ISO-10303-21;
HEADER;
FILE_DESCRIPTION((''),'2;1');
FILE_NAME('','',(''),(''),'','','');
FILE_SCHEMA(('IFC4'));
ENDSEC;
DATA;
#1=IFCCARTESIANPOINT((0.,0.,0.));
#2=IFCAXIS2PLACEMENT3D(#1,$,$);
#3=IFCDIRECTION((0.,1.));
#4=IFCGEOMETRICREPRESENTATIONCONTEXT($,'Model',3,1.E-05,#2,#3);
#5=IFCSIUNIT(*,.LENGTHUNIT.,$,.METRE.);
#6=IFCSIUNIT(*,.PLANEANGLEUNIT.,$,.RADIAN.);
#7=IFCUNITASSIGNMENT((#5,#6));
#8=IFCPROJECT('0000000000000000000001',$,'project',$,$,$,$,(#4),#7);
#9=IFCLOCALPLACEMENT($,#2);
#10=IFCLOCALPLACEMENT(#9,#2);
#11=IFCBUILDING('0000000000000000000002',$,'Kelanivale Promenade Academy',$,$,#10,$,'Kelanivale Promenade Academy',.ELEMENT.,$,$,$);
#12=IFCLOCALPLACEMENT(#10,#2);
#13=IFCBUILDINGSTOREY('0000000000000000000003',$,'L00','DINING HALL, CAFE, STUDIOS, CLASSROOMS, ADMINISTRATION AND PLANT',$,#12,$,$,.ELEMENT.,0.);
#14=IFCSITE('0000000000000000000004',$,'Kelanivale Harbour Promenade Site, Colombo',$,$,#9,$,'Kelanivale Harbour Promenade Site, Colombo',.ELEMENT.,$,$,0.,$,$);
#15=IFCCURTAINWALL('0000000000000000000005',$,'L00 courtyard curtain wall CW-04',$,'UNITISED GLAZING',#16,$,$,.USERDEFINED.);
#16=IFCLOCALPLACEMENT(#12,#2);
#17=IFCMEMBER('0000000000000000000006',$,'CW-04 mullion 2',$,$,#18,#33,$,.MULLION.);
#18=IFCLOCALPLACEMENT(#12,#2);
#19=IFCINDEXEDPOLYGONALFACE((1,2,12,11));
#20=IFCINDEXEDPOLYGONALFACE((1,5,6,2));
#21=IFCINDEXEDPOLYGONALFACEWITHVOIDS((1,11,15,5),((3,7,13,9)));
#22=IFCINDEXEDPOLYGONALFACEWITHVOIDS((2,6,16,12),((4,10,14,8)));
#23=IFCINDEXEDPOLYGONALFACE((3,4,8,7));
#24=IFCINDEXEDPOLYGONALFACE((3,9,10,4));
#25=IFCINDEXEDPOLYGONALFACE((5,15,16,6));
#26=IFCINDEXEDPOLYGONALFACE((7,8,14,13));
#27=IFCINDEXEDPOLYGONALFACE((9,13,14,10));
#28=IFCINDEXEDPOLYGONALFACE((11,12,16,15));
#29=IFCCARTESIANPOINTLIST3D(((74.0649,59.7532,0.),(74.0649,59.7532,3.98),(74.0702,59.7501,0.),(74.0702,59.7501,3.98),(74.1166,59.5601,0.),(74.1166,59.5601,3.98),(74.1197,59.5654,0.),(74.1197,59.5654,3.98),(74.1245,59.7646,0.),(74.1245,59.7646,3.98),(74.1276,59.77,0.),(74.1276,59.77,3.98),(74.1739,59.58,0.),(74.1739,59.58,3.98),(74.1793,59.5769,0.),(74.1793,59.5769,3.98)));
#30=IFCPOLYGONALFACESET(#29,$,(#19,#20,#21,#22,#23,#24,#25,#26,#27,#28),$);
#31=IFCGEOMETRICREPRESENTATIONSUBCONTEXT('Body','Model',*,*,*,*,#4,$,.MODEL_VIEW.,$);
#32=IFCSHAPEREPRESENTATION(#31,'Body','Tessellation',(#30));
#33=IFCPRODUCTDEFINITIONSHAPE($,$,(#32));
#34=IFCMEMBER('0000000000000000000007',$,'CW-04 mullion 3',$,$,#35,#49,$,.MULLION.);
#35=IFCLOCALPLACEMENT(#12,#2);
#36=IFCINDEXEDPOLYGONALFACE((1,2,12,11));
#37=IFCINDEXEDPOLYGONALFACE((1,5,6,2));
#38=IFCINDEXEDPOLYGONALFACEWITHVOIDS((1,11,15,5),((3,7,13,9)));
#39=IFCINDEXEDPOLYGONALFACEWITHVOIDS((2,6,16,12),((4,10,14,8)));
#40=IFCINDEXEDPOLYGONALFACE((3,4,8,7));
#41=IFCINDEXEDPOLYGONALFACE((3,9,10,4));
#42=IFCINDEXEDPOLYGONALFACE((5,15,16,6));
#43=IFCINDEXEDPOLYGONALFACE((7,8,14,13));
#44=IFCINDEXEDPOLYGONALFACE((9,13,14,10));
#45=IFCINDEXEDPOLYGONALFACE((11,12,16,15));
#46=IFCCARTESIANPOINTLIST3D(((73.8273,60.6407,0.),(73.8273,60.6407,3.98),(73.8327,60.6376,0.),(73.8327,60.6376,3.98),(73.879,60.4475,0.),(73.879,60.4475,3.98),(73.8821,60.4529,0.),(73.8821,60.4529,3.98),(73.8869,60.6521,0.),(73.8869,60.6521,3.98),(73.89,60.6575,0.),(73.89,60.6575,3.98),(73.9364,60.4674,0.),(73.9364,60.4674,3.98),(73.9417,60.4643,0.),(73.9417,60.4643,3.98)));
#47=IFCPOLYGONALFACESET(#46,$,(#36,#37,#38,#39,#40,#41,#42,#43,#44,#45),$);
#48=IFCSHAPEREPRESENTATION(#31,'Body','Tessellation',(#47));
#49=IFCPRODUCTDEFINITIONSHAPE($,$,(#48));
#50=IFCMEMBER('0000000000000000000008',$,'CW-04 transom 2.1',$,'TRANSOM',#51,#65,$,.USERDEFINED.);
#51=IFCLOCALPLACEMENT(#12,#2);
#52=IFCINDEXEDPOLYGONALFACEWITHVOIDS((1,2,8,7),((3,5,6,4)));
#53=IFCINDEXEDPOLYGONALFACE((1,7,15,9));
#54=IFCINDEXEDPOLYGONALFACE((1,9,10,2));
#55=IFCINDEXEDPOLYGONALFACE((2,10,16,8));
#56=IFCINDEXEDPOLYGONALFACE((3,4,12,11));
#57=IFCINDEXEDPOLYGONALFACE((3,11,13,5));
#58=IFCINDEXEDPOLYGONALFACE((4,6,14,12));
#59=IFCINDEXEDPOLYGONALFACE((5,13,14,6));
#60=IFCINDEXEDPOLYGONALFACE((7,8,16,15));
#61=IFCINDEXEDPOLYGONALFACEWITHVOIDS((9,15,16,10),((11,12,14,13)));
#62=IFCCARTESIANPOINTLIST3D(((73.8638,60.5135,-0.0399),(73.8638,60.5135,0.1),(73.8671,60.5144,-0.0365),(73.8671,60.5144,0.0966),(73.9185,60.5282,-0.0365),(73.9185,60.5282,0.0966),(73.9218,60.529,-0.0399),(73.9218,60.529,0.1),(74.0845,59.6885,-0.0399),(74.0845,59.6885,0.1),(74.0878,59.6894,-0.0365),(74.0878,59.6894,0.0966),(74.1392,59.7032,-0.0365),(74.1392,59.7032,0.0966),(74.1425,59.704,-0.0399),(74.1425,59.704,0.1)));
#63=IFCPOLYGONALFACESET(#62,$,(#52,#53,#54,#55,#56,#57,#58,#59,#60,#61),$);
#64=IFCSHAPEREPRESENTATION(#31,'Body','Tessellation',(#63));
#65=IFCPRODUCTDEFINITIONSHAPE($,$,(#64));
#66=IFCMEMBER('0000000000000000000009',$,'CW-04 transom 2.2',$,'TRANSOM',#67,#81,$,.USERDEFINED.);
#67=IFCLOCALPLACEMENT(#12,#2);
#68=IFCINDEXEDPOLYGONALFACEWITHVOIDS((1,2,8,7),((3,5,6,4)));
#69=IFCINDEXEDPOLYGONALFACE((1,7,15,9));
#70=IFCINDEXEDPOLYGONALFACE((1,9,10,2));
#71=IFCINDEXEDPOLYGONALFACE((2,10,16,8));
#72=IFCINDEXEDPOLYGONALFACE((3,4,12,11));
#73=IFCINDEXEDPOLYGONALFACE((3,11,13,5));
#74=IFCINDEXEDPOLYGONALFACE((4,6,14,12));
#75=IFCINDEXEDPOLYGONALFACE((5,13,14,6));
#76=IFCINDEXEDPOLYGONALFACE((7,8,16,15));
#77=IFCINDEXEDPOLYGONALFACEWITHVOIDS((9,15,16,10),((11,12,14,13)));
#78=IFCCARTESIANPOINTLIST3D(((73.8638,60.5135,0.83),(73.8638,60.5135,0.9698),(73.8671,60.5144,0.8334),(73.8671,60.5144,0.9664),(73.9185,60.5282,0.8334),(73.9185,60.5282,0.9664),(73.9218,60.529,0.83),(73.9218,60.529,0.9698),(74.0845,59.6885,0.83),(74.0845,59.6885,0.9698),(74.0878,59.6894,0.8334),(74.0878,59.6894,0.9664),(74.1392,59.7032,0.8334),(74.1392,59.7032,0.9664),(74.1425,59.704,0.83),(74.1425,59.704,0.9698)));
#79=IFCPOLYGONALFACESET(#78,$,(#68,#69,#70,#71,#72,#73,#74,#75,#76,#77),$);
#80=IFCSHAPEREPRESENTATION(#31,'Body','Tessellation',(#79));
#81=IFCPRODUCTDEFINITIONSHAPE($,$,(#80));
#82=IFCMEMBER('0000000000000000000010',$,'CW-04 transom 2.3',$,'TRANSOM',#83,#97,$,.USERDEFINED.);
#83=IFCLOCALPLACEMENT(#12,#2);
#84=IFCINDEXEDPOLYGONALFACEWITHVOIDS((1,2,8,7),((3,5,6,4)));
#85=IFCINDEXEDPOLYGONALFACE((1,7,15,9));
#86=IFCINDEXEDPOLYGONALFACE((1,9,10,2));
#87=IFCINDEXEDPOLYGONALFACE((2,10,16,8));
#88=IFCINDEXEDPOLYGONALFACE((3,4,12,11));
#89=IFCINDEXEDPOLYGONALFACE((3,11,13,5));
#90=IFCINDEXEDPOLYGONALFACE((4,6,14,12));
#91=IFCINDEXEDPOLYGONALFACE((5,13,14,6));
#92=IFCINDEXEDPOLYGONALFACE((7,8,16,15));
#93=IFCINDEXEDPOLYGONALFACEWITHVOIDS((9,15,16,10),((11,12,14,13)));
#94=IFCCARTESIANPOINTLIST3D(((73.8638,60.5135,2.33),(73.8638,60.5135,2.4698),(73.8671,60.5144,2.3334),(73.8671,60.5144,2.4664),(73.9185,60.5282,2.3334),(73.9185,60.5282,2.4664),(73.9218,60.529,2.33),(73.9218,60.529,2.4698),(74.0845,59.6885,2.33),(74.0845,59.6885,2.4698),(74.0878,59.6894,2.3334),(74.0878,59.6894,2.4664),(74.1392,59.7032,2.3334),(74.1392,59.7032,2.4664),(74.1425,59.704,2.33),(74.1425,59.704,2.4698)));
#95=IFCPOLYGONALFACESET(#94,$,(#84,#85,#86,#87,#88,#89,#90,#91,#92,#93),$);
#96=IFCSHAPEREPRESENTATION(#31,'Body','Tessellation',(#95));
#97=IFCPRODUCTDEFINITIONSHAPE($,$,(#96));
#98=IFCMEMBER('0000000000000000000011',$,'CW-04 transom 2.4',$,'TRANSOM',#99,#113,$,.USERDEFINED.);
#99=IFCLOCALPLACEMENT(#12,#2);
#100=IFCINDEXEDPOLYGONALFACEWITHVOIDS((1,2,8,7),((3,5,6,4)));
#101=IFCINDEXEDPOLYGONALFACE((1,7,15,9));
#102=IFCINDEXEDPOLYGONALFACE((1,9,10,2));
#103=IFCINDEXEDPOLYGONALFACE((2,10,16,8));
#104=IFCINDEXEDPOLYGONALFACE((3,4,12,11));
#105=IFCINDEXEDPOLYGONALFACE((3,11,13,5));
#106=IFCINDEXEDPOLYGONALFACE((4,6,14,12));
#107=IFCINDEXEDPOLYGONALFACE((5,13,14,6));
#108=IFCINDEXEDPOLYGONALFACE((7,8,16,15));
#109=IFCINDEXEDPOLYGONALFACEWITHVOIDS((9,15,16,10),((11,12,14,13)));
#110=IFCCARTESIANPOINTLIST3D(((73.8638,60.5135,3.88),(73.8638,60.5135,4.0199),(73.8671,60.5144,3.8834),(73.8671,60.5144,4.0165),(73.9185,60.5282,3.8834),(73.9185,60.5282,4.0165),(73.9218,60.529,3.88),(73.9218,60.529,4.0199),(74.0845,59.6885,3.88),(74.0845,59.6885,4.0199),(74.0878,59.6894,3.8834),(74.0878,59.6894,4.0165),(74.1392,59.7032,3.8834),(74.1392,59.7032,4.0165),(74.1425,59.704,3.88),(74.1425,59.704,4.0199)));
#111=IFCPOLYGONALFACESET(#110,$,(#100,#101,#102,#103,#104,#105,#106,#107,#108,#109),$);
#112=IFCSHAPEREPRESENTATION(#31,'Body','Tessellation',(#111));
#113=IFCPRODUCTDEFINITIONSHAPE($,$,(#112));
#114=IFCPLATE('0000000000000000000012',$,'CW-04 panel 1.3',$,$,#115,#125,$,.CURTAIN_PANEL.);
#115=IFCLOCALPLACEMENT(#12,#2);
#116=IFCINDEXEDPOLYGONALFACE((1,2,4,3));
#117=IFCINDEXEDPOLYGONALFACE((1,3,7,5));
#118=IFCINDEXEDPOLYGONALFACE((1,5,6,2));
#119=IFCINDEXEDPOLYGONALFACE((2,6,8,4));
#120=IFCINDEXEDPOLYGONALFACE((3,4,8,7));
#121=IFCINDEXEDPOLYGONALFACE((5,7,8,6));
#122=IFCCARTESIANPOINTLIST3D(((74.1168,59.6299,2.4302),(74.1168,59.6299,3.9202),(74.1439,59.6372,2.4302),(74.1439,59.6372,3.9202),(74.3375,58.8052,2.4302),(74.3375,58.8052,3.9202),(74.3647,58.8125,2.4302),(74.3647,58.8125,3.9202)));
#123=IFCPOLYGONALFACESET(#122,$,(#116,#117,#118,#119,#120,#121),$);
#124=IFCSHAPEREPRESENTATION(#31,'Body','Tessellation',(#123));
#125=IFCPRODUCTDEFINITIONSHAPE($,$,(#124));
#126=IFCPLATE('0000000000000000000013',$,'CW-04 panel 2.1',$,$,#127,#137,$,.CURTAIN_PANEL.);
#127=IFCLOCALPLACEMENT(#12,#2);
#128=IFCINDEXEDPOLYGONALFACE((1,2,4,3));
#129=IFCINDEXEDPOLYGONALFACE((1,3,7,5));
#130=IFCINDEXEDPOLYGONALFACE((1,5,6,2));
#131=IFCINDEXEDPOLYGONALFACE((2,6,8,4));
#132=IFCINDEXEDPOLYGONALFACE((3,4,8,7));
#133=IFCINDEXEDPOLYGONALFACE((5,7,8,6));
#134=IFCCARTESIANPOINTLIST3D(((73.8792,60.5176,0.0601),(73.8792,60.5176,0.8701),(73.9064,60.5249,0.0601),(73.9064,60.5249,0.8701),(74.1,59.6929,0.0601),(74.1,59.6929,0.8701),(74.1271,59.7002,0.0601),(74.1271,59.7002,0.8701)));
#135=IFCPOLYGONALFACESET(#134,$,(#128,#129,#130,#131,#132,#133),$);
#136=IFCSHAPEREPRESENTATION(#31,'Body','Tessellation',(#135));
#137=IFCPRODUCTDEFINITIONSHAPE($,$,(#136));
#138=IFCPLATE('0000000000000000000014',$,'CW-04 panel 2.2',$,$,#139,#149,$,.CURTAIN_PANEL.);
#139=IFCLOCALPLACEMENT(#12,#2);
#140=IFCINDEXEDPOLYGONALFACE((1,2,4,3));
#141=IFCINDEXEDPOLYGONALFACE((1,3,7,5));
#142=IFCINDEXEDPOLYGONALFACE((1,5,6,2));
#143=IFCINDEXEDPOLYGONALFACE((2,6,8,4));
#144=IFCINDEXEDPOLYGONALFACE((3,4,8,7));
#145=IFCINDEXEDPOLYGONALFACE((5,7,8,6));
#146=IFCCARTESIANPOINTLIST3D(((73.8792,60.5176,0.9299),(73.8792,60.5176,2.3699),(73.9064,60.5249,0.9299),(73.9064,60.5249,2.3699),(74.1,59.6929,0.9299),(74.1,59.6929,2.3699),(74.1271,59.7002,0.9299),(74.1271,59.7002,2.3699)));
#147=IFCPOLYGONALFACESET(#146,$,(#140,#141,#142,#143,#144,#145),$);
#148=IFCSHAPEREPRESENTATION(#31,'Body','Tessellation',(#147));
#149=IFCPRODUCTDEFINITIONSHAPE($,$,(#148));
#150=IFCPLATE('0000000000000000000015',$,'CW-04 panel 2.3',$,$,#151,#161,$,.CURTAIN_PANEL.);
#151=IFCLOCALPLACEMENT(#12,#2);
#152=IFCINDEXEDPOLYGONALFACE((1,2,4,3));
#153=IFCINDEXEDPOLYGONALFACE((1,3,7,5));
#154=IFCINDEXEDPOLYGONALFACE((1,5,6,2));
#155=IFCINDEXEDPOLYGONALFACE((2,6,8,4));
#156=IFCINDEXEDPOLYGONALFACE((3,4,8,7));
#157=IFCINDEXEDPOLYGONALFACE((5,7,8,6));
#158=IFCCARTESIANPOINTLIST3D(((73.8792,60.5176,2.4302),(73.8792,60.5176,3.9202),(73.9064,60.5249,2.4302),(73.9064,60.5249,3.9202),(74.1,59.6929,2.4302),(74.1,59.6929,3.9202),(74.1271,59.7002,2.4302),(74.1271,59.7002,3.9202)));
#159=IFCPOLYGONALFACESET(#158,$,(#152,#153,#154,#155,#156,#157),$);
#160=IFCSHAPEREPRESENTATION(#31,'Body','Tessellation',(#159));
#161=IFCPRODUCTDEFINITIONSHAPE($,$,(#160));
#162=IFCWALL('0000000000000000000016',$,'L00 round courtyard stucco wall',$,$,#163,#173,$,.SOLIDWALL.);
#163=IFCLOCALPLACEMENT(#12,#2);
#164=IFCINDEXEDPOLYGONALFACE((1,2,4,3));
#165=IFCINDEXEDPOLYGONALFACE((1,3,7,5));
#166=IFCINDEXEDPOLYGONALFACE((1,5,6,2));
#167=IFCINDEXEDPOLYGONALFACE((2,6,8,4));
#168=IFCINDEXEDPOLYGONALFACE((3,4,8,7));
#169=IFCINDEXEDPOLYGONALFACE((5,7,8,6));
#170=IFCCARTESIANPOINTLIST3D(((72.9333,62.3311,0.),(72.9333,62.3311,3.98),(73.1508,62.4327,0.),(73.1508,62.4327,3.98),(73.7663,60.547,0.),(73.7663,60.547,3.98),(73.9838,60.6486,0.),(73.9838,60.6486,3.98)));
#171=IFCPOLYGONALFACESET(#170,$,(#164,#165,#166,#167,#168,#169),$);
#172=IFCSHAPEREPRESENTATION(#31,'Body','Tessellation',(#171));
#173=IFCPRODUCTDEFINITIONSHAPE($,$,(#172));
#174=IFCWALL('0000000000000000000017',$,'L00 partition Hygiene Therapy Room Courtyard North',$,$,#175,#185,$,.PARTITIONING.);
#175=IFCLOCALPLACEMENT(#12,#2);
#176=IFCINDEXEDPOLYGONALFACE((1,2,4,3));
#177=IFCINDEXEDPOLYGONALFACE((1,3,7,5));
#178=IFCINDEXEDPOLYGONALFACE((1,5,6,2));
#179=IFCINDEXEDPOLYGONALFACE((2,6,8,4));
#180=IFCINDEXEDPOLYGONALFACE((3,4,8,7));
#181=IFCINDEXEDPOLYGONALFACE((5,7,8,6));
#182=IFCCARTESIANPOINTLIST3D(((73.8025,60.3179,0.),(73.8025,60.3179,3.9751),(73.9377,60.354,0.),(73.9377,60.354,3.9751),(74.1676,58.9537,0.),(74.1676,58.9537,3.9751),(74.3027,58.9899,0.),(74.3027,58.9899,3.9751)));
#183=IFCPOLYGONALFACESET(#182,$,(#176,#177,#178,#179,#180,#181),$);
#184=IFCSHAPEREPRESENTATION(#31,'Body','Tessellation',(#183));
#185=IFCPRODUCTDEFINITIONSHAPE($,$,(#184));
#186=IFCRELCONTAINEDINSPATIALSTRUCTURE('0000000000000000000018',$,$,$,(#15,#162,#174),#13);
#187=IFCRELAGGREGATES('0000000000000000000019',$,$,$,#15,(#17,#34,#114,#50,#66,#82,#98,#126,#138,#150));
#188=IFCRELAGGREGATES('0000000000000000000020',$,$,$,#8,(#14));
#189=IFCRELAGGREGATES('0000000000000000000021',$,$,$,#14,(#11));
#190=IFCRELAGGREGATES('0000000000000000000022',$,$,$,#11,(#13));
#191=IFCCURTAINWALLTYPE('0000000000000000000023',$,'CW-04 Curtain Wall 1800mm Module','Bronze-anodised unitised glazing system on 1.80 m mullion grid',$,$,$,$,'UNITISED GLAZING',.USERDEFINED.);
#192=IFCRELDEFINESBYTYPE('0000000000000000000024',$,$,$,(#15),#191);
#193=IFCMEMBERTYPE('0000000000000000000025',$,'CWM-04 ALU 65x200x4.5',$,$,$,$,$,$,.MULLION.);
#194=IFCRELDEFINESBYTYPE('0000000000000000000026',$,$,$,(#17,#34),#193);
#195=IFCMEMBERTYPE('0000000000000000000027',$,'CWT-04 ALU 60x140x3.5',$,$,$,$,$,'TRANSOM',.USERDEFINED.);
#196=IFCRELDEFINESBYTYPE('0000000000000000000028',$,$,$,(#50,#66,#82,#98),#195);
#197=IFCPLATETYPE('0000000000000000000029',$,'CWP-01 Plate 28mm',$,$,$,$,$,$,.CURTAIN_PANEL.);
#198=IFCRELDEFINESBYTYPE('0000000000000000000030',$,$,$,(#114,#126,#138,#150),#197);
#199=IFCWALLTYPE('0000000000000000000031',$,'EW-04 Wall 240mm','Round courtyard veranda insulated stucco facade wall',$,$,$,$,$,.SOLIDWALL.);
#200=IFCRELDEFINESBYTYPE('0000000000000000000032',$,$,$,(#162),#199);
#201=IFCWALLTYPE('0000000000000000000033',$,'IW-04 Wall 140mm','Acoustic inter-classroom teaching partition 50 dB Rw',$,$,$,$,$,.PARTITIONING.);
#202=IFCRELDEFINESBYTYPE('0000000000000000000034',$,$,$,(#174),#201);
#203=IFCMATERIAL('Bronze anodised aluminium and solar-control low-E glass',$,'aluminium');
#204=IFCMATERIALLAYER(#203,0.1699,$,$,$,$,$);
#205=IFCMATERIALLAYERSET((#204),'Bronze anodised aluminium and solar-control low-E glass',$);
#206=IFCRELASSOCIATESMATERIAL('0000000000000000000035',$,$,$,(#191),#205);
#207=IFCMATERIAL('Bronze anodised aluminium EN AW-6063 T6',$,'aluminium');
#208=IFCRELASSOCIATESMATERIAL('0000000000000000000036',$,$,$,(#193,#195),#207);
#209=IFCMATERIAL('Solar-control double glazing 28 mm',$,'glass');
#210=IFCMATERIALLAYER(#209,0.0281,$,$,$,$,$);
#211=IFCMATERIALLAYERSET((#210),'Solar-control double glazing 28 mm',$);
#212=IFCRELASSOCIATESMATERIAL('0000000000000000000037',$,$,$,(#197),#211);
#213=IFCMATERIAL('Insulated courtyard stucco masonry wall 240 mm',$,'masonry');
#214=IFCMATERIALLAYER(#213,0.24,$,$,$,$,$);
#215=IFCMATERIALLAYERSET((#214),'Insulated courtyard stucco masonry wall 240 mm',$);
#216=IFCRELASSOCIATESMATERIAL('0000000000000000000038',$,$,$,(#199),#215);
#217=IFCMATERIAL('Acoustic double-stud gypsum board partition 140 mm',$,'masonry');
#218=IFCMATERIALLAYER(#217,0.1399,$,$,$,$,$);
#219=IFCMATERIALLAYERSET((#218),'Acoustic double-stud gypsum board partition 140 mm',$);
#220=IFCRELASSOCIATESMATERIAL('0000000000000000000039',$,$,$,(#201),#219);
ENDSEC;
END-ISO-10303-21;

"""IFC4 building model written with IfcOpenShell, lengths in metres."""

from ifc_helpers import new_model, si_unit, direction, frame, frame_2d, origin, origin_2d, place, context, subcontext, project, spatial, rectangle, hollow_rectangle, extrude, material, layer, layer_set, material_profile, profile_set, type_object, element, aggregate, save


model = new_model("IFC4")

# Units and contexts
model_context = context("Model", 3, precision=1e-05, world=origin(), true_north=direction((0.0, 1.0)))
body_context = subcontext(model_context, "Body", "Model", "MODEL_VIEW")
ifc_project = project(units=[si_unit("LENGTHUNIT", "METRE"), si_unit("PLANEANGLEUNIT", "RADIAN")], contexts=[model_context])

# Site, building, storey
site_placement = place(None, origin())
site = spatial("IfcSite", under=ifc_project, at=site_placement, Name="Kelanivale Harbour Promenade Site, Colombo", LongName="Kelanivale Harbour Promenade Site, Colombo", CompositionType="ELEMENT", RefElevation=0.0)
building_placement = place(site_placement, origin())
building = spatial("IfcBuilding", under=site, at=building_placement, Name="Kelanivale Promenade Academy", LongName="Kelanivale Promenade Academy", CompositionType="ELEMENT")
storey_placement = place(building_placement, origin())
storey = spatial("IfcBuildingStorey", under=building, at=storey_placement, Name="L00", Description="DINING HALL, CAFE, STUDIOS, CLASSROOMS, ADMINISTRATION AND PLANT", CompositionType="ELEMENT", Elevation=0.0)

# Curtain wall, members, plates
ifc_material_1 = material(Name="Bronze anodised aluminium and solar-control low-E glass", Category="aluminium")
ifc_layer_1 = layer(ifc_material_1, 0.1699)
ifc_layer_set_1 = layer_set([ifc_layer_1], Name="Bronze anodised aluminium and solar-control low-E glass")
curtain_wall_type = type_object("IfcCurtainWallType", Name="CW-04 Curtain Wall 1800mm Module", Description="Bronze-anodised unitised glazing system on 1.80 m mullion grid", ElementType="UNITISED GLAZING", PredefinedType="USERDEFINED", material=ifc_layer_set_1)
curtain_wall_placement = place(storey_placement, origin())
curtain_wall = element("IfcCurtainWall", 1, at=curtain_wall_placement, inside=storey, type_object=curtain_wall_type, Name="L00 courtyard curtain wall CW-04", ObjectType="UNITISED GLAZING", PredefinedType="USERDEFINED")
ifc_material_2 = material(Name="Bronze anodised aluminium EN AW-6063 T6", Category="aluminium")
ifc_material_profile_1 = material_profile(ifc_material_2, hollow_rectangle(XDim=0.0649, YDim=0.2, WallThickness=0.0044, at=origin_2d()), Name="ALU 65x200x4.5")
ifc_profile_set_1 = profile_set([ifc_material_profile_1], Name="Bronze anodised aluminium EN AW-6063 T6")
member_type_1 = type_object("IfcMemberType", Name="CWM-04 ALU 65x200x4.5", PredefinedType="MULLION", material=ifc_profile_set_1)
member_1_placement = place(storey_placement, frame((74.1221, 59.665, 0.0), z_axis=(0.0, 0.0, 1.0), x_axis=(-0.96599, -0.258578, 0.0)))
member_1 = element("IfcMember", 2, at=member_1_placement, type_object=member_type_1, Name="CW-04 mullion 2", PredefinedType="MULLION", context=body_context, shape_type="SweptSolid", body=[
    extrude(hollow_rectangle(XDim=0.0649, YDim=0.2, WallThickness=0.0044, at=origin_2d()), origin(), (0.0, 0.0, 1.0), 3.98),
])
member_2_placement = place(storey_placement, frame((73.8845, 60.5525, 0.0), z_axis=(0.0, 0.0, 1.0), x_axis=(-0.96599, -0.258578, 0.0)))
member_2 = element("IfcMember", 3, at=member_2_placement, type_object=member_type_1, Name="CW-04 mullion 3", PredefinedType="MULLION", context=body_context, shape_type="SweptSolid", body=[
    extrude(hollow_rectangle(XDim=0.0649, YDim=0.2, WallThickness=0.0044, at=origin_2d()), origin(), (0.0, 0.0, 1.0), 3.98),
])
ifc_material_profile_2 = material_profile(ifc_material_2, hollow_rectangle(XDim=0.0601, YDim=0.1399, WallThickness=0.0034, at=origin_2d()), Name="ALU 60x140x3.5")
ifc_profile_set_2 = profile_set([ifc_material_profile_2], Name="Bronze anodised aluminium EN AW-6063 T6")
member_type_2 = type_object("IfcMemberType", Name="CWT-04 ALU 60x140x3.5", ElementType="TRANSOM", PredefinedType="USERDEFINED", material=ifc_profile_set_2)
member_3_placement = place(storey_placement, frame((74.1135, 59.6963, 0.03), z_axis=(-0.258446, 0.966026, 0.0), x_axis=(-0.966026, -0.258446, 0.0)))
member_3 = element("IfcMember", 4, at=member_3_placement, type_object=member_type_2, Name="CW-04 transom 2.1", ObjectType="TRANSOM", PredefinedType="USERDEFINED", context=body_context, shape_type="SweptSolid", body=[
    extrude(hollow_rectangle(XDim=0.0601, YDim=0.1399, WallThickness=0.0034, at=origin_2d()), origin(), (0.0, 0.0, 1.0), 0.854),
])
member_4_placement = place(storey_placement, frame((74.1135, 59.6963, 0.8999), z_axis=(-0.258446, 0.966026, 0.0), x_axis=(-0.966026, -0.258446, 0.0)))
member_4 = element("IfcMember", 5, at=member_4_placement, type_object=member_type_2, Name="CW-04 transom 2.2", ObjectType="TRANSOM", PredefinedType="USERDEFINED", context=body_context, shape_type="SweptSolid", body=[
    extrude(hollow_rectangle(XDim=0.0601, YDim=0.1399, WallThickness=0.0034, at=origin_2d()), origin(), (0.0, 0.0, 1.0), 0.854),
])
member_5_placement = place(storey_placement, frame((74.1135, 59.6963, 2.3999), z_axis=(-0.258446, 0.966026, 0.0), x_axis=(-0.966026, -0.258446, 0.0)))
member_5 = element("IfcMember", 6, at=member_5_placement, type_object=member_type_2, Name="CW-04 transom 2.3", ObjectType="TRANSOM", PredefinedType="USERDEFINED", context=body_context, shape_type="SweptSolid", body=[
    extrude(hollow_rectangle(XDim=0.0601, YDim=0.1399, WallThickness=0.0034, at=origin_2d()), origin(), (0.0, 0.0, 1.0), 0.854),
])
member_6_placement = place(storey_placement, frame((74.1135, 59.6963, 3.95), z_axis=(-0.258446, 0.966026, 0.0), x_axis=(-0.966026, -0.258446, 0.0)))
member_6 = element("IfcMember", 7, at=member_6_placement, type_object=member_type_2, Name="CW-04 transom 2.4", ObjectType="TRANSOM", PredefinedType="USERDEFINED", context=body_context, shape_type="SweptSolid", body=[
    extrude(hollow_rectangle(XDim=0.0601, YDim=0.1399, WallThickness=0.0034, at=origin_2d()), origin(), (0.0, 0.0, 1.0), 0.854),
])
ifc_material_3 = material(Name="Solar-control double glazing 28 mm", Category="glass")
ifc_layer_2 = layer(ifc_material_3, 0.0281)
ifc_layer_set_2 = layer_set([ifc_layer_2], Name="Solar-control double glazing 28 mm")
plate_type = type_object("IfcPlateType", Name="CWP-01 Plate 28mm", PredefinedType="CURTAIN_PANEL", material=ifc_layer_set_2)
plate_1_placement = place(storey_placement, frame((74.2407, 59.2212, 2.4302), z_axis=(0.0, 0.0, 1.0), x_axis=(-0.258578, 0.96599, 0.0)))
plate_1 = element("IfcPlate", 8, at=plate_1_placement, type_object=plate_type, Name="CW-04 panel 1.3", PredefinedType="CURTAIN_PANEL", context=body_context, shape_type="SweptSolid", body=[
    extrude(rectangle(XDim=0.8538, YDim=0.0281, at=origin_2d()), origin(), (0.0, 0.0, 1.0), 1.49),
])
plate_2_placement = place(storey_placement, frame((74.0032, 60.1089, 0.0601), z_axis=(0.0, 0.0, 1.0), x_axis=(-0.258578, 0.96599, 0.0)))
plate_2 = element("IfcPlate", 9, at=plate_2_placement, type_object=plate_type, Name="CW-04 panel 2.1", PredefinedType="CURTAIN_PANEL", context=body_context, shape_type="SweptSolid", body=[
    extrude(rectangle(XDim=0.8538, YDim=0.0281, at=origin_2d()), origin(), (0.0, 0.0, 1.0), 0.8101),
])
plate_3_placement = place(storey_placement, frame((74.0032, 60.1089, 0.9299), z_axis=(0.0, 0.0, 1.0), x_axis=(-0.258578, 0.96599, 0.0)))
plate_3 = element("IfcPlate", 10, at=plate_3_placement, type_object=plate_type, Name="CW-04 panel 2.2", PredefinedType="CURTAIN_PANEL", context=body_context, shape_type="SweptSolid", body=[
    extrude(rectangle(XDim=0.8538, YDim=0.0281, at=origin_2d()), origin(), (0.0, 0.0, 1.0), 1.4399),
])
plate_4_placement = place(storey_placement, frame((74.0032, 60.1089, 2.4302), z_axis=(0.0, 0.0, 1.0), x_axis=(-0.258578, 0.96599, 0.0)))
plate_4 = element("IfcPlate", 11, at=plate_4_placement, type_object=plate_type, Name="CW-04 panel 2.3", PredefinedType="CURTAIN_PANEL", context=body_context, shape_type="SweptSolid", body=[
    extrude(rectangle(XDim=0.8538, YDim=0.0281, at=origin_2d()), origin(), (0.0, 0.0, 1.0), 1.49),
])
aggregate(curtain_wall, [member_1, member_2, plate_1, member_3, member_4, member_5, member_6, plate_2, plate_3, plate_4])

# Walls
ifc_material_4 = material(Name="Insulated courtyard stucco masonry wall 240 mm", Category="masonry")
ifc_layer_3 = layer(ifc_material_4, 0.24)
ifc_layer_set_3 = layer_set([ifc_layer_3], Name="Insulated courtyard stucco masonry wall 240 mm")
wall_type_1 = type_object("IfcWallType", Name="EW-04 Wall 240mm", Description="Round courtyard veranda insulated stucco facade wall", PredefinedType="SOLIDWALL", material=ifc_layer_set_3)
wall_1_placement = place(storey_placement, frame((73.875, 60.5979, 0.0), z_axis=(0.0, 0.0, 1.0), x_axis=(-0.423048, 0.906107, 0.0)))
element("IfcWall", 12, at=wall_1_placement, inside=storey, type_object=wall_type_1, Name="L00 round courtyard stucco wall", PredefinedType="SOLIDWALL", context=body_context, shape_type="SweptSolid", body=[
    extrude(rectangle(XDim=1.969, YDim=0.24, at=frame_2d((0.9844, 0.0))), origin(), (0.0, 0.0, 1.0), 3.98),
])
ifc_material_5 = material(Name="Acoustic double-stud gypsum board partition 140 mm", Category="masonry")
ifc_layer_4 = layer(ifc_material_5, 0.1399)
ifc_layer_set_4 = layer_set([ifc_layer_4], Name="Acoustic double-stud gypsum board partition 140 mm")
wall_type_2 = type_object("IfcWallType", Name="IW-04 Wall 140mm", Description="Acoustic inter-classroom teaching partition 50 dB Rw", PredefinedType="PARTITIONING", material=ifc_layer_set_4)
wall_2_placement = place(storey_placement, frame((73.8701, 60.3359, 0.0), z_axis=(0.0, 0.0, 1.0), x_axis=(0.258491, -0.966014, 0.0)))
element("IfcWall", 13, at=wall_2_placement, inside=storey, type_object=wall_type_2, Name="L00 partition Hygiene Therapy Room Courtyard North", PredefinedType="PARTITIONING", context=body_context, shape_type="SweptSolid", body=[
    extrude(rectangle(XDim=1.4121, YDim=0.1399, at=frame_2d((0.7061, 0.0))), origin(), (0.0, 0.0, 1.0), 3.9751),
])

save(model, "model.ifc")
